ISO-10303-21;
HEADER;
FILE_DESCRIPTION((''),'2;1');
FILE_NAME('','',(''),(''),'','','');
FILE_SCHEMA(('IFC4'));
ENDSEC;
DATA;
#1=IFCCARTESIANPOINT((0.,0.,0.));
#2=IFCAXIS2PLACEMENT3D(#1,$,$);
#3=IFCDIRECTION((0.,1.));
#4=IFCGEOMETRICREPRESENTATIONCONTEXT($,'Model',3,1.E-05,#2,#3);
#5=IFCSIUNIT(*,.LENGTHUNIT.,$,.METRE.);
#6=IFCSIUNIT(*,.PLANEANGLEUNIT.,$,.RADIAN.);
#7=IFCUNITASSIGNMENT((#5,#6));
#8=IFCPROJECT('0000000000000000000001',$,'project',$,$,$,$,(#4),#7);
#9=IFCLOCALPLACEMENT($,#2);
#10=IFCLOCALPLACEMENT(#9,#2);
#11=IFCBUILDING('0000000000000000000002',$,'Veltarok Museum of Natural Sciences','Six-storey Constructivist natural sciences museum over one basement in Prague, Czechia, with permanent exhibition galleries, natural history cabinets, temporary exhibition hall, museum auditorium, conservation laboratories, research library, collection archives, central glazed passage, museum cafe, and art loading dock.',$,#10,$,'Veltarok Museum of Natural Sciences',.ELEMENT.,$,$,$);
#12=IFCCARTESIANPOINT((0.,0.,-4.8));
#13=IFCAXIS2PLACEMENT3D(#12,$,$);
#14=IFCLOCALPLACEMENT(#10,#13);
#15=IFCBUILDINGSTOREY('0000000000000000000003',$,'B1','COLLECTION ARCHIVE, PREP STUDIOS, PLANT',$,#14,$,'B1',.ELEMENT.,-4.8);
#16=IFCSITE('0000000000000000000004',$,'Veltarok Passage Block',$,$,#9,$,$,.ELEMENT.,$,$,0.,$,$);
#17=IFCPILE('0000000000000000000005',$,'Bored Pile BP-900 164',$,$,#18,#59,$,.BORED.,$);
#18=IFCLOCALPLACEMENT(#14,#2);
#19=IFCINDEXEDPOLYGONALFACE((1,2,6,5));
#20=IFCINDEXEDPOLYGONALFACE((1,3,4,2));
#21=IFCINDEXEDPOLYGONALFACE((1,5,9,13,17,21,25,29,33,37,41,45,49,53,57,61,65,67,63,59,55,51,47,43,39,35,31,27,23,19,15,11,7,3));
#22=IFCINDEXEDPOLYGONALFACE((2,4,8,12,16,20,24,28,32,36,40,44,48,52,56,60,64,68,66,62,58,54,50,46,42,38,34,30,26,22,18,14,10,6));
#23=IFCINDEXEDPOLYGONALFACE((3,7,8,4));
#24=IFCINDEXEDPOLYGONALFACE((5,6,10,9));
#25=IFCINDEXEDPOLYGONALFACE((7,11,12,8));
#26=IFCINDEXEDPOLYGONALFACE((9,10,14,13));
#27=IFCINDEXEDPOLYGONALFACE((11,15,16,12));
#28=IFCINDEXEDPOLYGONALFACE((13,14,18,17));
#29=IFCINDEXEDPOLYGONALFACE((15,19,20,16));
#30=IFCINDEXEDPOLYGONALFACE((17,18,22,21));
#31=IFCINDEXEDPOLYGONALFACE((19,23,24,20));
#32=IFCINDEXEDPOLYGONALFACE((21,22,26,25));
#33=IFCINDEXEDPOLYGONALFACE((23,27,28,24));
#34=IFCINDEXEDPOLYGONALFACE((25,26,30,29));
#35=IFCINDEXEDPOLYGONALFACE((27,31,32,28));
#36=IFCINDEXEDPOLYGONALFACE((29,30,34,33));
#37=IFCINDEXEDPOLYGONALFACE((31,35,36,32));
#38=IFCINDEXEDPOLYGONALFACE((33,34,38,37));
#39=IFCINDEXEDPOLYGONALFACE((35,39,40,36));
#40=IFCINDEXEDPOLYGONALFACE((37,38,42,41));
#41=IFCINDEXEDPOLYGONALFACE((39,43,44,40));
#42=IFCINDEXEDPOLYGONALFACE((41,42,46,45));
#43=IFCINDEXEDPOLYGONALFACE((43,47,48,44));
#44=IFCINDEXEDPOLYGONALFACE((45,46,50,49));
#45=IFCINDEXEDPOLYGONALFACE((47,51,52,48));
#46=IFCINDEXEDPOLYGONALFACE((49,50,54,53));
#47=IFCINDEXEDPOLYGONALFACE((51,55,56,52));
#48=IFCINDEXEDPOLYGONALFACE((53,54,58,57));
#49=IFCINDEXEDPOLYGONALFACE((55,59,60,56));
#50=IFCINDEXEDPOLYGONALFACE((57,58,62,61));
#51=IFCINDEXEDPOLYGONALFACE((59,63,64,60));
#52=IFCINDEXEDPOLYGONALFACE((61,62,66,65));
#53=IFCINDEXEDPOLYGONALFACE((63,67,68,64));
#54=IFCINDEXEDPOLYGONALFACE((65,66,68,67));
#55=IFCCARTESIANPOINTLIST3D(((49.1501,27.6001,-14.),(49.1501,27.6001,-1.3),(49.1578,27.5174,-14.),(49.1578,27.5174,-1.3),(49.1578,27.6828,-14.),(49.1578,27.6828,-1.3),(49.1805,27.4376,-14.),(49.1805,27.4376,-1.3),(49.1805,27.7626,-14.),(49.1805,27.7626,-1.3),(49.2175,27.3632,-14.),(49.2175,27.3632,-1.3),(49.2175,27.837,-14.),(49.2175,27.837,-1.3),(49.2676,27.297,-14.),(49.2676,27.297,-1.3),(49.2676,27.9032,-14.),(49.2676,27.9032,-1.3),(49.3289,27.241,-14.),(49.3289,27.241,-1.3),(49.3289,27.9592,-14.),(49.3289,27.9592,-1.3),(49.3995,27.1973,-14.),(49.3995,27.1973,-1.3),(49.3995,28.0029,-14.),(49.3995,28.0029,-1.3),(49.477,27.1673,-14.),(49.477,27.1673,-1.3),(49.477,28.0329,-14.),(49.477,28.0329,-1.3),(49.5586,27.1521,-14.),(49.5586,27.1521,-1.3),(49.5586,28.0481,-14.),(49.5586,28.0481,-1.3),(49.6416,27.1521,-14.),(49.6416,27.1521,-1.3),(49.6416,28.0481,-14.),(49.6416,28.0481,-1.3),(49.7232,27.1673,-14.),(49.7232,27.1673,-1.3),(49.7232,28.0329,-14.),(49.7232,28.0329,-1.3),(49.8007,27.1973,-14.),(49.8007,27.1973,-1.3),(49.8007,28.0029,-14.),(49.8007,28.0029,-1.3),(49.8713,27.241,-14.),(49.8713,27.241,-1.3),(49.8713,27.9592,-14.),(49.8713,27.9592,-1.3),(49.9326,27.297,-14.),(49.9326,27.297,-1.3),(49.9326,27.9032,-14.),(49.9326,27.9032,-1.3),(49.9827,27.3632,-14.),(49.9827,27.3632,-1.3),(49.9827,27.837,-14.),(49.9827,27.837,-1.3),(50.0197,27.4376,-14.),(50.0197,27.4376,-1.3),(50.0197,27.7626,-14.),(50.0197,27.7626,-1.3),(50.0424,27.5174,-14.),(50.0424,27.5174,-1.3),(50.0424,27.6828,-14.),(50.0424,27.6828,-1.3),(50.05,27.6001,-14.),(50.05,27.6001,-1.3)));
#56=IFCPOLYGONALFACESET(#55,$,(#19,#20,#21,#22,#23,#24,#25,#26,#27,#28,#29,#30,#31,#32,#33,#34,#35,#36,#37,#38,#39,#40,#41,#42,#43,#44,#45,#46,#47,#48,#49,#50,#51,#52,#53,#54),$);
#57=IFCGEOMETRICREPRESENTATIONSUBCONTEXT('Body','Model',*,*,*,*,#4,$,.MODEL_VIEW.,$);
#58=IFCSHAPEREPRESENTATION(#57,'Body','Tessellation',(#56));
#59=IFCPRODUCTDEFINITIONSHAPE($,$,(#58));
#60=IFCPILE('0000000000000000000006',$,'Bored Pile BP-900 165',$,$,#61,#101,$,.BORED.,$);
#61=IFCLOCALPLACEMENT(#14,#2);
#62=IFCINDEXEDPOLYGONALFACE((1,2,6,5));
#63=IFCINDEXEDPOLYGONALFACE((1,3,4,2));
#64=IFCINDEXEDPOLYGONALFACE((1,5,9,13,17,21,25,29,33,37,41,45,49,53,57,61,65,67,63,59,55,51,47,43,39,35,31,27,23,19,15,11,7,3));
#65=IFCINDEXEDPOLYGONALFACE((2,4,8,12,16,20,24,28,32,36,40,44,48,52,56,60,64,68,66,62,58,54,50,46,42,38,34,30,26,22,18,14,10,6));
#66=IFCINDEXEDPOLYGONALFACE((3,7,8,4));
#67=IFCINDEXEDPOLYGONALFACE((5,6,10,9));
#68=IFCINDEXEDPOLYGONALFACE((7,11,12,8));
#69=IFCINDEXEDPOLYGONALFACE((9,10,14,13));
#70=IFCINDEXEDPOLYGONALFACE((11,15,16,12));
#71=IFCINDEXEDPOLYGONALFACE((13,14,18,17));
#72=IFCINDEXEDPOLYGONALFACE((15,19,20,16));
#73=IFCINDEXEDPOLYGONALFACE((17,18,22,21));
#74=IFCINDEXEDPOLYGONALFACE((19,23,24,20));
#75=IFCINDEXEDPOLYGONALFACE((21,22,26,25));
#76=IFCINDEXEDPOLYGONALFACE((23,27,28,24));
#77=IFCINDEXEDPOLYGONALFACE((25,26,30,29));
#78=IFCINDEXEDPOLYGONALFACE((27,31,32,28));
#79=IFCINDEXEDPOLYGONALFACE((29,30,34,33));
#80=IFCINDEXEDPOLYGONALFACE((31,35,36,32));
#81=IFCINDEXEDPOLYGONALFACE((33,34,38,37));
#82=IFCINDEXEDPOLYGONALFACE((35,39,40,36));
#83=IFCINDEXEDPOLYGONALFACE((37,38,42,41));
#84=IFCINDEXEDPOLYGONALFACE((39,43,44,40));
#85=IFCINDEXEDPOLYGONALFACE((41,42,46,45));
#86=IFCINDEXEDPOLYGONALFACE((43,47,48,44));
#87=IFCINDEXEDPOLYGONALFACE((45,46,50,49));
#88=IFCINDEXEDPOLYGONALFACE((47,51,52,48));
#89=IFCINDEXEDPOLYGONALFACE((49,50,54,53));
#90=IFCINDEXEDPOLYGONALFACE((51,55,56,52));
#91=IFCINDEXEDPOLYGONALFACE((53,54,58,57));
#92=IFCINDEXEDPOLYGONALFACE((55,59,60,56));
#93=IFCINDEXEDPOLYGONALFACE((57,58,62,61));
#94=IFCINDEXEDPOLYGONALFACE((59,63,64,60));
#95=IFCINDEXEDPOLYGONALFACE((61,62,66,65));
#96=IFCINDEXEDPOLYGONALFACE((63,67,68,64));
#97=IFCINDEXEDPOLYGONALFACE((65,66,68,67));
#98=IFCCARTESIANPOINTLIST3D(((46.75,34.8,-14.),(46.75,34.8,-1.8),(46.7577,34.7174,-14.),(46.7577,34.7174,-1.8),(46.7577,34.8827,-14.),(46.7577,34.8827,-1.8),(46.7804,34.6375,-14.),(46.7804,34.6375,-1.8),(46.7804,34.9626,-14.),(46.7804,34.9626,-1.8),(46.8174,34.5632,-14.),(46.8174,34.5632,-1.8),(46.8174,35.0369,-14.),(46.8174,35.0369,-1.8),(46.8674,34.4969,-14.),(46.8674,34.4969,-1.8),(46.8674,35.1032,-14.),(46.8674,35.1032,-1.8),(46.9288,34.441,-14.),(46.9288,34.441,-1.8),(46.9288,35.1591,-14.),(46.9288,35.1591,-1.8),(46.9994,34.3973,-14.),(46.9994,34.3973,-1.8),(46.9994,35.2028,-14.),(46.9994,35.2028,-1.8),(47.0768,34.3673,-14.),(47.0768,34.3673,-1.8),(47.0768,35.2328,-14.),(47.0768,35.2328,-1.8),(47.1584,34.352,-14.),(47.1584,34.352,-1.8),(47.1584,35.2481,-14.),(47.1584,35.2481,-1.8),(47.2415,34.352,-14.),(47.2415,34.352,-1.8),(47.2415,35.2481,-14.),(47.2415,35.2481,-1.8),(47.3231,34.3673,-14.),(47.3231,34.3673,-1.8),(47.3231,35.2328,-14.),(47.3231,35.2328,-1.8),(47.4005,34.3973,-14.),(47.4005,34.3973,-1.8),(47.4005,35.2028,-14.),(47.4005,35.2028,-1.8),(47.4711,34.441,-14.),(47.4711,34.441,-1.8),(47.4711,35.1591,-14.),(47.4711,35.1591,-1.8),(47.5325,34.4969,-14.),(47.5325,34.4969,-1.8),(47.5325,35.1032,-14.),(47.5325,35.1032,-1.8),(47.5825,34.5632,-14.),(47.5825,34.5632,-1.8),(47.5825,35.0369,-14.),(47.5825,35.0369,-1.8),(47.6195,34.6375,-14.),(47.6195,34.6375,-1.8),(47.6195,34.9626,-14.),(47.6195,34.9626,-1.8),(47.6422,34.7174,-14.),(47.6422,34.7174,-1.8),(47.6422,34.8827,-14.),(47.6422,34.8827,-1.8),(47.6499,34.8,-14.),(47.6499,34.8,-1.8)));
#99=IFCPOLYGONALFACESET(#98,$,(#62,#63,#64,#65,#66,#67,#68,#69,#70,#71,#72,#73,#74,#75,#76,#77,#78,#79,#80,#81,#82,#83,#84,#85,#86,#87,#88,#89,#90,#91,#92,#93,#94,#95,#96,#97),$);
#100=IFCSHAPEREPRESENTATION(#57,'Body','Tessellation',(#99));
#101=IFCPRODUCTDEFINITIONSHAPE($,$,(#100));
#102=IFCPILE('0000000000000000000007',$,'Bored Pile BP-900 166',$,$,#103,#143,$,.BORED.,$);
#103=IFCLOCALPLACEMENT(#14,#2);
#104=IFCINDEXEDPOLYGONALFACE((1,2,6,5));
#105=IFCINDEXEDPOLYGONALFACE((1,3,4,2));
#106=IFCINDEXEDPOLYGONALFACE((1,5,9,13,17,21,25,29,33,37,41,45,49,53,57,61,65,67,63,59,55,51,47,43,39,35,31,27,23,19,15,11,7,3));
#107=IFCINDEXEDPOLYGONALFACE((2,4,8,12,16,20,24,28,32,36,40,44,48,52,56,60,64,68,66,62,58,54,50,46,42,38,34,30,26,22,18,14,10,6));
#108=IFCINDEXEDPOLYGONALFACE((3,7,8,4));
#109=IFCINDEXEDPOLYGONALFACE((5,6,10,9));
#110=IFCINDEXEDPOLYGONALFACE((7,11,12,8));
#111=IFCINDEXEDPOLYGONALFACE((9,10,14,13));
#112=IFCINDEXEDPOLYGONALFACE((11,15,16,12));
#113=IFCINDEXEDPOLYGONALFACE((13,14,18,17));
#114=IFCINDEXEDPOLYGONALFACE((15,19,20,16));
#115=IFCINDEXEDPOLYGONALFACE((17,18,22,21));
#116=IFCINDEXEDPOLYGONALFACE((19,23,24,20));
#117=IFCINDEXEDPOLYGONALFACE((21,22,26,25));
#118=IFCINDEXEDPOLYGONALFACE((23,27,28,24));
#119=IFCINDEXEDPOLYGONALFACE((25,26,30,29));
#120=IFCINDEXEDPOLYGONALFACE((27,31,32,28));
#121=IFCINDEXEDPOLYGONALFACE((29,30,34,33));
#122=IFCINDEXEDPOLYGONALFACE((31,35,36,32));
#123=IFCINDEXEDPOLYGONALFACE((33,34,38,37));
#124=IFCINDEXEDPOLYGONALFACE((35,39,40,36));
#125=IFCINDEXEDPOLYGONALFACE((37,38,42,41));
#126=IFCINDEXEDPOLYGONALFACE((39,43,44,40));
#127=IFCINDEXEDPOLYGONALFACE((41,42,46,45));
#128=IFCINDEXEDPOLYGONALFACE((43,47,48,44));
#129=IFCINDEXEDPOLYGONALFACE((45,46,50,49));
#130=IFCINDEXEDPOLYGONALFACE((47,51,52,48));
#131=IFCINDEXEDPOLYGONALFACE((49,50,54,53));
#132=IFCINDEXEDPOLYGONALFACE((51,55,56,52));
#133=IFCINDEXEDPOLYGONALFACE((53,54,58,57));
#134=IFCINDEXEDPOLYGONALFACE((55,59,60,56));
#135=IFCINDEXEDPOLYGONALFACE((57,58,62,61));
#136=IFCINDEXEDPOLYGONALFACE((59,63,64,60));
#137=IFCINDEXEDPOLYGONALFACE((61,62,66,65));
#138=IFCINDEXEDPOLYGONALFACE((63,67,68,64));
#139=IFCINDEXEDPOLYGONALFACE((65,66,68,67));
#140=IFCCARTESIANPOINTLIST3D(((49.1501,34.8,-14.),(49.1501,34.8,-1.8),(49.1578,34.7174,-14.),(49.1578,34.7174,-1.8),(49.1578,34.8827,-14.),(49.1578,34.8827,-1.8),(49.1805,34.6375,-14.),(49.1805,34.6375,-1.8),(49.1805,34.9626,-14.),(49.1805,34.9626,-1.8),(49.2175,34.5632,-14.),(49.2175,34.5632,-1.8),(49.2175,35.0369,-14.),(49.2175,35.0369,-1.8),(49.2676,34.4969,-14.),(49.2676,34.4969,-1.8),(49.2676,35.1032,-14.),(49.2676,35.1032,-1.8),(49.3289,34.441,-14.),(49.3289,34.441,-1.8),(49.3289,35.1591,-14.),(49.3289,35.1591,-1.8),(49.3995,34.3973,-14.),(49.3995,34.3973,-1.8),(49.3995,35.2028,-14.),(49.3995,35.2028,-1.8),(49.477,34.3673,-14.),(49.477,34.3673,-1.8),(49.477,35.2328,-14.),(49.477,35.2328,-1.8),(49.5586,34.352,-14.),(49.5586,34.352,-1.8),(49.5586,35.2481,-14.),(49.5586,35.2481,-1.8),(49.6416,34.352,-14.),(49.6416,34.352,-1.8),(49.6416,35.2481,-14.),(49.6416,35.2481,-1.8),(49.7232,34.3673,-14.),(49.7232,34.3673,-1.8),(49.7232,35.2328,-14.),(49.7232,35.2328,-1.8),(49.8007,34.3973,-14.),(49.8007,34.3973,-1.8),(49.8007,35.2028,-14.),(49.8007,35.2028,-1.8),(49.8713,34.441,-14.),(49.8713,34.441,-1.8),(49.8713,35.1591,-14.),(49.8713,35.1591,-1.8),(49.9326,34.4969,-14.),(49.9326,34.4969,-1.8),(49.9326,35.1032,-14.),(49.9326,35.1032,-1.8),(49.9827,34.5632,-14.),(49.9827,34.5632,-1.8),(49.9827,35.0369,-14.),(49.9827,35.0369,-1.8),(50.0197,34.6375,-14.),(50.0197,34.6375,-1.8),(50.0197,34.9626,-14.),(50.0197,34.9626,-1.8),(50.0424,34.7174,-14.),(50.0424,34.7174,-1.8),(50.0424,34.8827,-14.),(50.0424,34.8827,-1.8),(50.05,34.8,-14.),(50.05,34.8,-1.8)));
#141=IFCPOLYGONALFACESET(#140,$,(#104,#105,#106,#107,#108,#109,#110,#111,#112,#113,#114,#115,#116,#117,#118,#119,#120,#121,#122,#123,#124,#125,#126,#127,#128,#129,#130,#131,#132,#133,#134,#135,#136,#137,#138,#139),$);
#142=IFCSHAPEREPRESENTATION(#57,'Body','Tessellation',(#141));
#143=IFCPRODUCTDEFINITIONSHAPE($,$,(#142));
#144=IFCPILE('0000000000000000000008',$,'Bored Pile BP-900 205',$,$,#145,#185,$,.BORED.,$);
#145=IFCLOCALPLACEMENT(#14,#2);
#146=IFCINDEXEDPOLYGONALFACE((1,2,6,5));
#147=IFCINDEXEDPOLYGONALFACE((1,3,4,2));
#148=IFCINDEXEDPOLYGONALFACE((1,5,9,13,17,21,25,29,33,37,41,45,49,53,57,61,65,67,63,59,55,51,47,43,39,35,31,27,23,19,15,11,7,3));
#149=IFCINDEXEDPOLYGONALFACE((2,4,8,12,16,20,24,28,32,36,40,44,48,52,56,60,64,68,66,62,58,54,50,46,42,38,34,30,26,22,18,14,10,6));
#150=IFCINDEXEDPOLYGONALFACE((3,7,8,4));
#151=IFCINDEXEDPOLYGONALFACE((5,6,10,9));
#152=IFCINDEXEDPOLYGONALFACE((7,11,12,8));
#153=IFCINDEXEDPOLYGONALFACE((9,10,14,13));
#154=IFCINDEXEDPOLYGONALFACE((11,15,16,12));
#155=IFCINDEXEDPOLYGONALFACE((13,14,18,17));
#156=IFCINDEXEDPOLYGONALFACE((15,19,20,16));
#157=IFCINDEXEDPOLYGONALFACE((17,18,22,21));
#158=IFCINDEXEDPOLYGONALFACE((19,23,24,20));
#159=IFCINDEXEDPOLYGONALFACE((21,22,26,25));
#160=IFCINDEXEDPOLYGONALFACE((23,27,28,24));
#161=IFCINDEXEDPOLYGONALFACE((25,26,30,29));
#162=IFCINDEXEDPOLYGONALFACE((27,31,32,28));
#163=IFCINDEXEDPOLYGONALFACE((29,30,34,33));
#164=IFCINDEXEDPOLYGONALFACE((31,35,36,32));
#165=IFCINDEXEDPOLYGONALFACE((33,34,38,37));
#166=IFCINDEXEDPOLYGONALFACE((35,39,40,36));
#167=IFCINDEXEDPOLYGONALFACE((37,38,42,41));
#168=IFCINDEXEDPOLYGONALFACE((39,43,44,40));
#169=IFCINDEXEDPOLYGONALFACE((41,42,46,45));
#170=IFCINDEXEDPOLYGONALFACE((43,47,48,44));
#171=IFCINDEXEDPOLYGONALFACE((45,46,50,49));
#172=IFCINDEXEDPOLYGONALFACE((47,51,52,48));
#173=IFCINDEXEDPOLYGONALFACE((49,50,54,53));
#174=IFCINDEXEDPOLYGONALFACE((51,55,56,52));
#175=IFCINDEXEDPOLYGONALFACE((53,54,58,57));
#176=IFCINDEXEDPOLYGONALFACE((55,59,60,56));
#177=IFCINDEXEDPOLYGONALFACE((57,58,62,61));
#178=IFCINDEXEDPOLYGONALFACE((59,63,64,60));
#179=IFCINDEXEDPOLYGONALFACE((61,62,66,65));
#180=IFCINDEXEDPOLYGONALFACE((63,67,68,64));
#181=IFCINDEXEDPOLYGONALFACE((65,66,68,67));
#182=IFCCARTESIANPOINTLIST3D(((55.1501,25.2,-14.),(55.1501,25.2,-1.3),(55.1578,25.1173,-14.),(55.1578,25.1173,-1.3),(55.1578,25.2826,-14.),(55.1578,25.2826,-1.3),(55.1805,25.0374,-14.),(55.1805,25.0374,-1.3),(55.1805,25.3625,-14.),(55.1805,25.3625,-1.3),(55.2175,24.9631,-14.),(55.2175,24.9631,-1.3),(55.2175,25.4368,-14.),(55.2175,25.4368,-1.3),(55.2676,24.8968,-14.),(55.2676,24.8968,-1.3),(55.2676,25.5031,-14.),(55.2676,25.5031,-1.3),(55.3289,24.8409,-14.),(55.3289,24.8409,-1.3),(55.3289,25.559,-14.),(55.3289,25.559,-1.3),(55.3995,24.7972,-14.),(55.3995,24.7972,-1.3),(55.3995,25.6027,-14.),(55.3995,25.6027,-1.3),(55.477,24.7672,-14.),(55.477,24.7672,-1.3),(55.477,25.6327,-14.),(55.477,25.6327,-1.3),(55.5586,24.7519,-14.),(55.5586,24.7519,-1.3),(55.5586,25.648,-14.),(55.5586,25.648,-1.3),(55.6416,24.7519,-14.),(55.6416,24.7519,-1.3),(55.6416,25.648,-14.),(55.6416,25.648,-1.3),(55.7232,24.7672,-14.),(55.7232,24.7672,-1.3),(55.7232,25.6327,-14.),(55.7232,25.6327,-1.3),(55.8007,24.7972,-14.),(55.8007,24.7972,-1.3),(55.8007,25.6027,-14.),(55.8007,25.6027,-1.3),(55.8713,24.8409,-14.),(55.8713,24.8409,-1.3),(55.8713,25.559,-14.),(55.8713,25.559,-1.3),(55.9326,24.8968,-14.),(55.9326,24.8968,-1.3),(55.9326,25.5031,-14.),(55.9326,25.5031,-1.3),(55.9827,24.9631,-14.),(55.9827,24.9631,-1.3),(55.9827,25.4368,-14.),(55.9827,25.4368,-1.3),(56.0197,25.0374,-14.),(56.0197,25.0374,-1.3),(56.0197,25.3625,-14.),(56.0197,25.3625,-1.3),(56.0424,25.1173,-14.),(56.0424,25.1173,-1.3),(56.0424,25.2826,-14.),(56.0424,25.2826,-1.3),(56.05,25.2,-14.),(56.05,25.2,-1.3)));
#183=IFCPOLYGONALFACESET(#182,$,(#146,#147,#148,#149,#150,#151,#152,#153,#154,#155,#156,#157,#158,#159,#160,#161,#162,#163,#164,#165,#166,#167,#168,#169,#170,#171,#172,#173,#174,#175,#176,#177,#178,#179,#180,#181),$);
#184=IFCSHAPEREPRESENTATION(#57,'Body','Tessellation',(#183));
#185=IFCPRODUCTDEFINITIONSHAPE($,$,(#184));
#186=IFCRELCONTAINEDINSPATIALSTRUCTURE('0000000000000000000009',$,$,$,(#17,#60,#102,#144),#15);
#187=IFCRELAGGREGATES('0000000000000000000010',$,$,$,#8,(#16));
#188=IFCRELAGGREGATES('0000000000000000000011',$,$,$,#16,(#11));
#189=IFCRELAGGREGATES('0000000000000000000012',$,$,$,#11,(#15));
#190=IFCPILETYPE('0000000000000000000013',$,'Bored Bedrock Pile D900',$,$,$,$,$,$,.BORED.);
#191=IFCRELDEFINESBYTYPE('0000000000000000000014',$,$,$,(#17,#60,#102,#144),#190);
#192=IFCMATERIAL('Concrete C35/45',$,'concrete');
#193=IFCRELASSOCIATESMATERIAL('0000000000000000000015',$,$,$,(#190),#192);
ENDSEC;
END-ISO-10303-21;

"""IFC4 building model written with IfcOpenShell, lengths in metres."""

from ifc_helpers import new_model, si_unit, direction, frame, origin, origin_2d, place, context, subcontext, project, spatial, circle, extrude, material, material_profile, profile_set, type_object, element, save


model = new_model("IFC4")

# Units and contexts
model_context = context("Model", 3, precision=1e-05, world=origin(), true_north=direction((0.0, 1.0)))
body_context = subcontext(model_context, "Body", "Model", "MODEL_VIEW")
ifc_project = project(units=[si_unit("LENGTHUNIT", "METRE"), si_unit("PLANEANGLEUNIT", "RADIAN")], contexts=[model_context])

# Site, building, storey
site_placement = place(None, origin())
site = spatial("IfcSite", under=ifc_project, at=site_placement, Name="Veltarok Passage Block", CompositionType="ELEMENT", RefElevation=0.0)
building_placement = place(site_placement, origin())
building = spatial("IfcBuilding", under=site, at=building_placement, Name="Veltarok Museum of Natural Sciences", Description="Six-storey Constructivist natural sciences museum over one basement in Prague, Czechia, with permanent exhibition galleries, natural history cabinets, temporary exhibition hall, museum auditorium, conservation laboratories, research library, collection archives, central glazed passage, museum cafe, and art loading dock.", LongName="Veltarok Museum of Natural Sciences", CompositionType="ELEMENT")
storey_placement = place(building_placement, frame((0.0, 0.0, -4.8)))
storey = spatial("IfcBuildingStorey", under=building, at=storey_placement, Name="B1", Description="COLLECTION ARCHIVE, PREP STUDIOS, PLANT", LongName="B1", CompositionType="ELEMENT", Elevation=-4.8)

# Piles
ifc_material_1 = material(Name="Concrete C35/45", Category="concrete")
ifc_material_profile_1 = material_profile(ifc_material_1, circle(Radius=0.45, at=origin_2d()), Name="BP D900")
ifc_profile_set_1 = profile_set([ifc_material_profile_1], Name="Concrete C35/45")
pile_type_1 = type_object("IfcPileType", Name="Bored Bedrock Pile D900", PredefinedType="BORED", material=ifc_profile_set_1)
for number, where, z_axis, x_axis, name in (
    (1, (49.6001, 27.6001, -1.3), (0.0, 0.0, -1.0), (1.0, 0.0, 0.0), "Bored Pile BP-900 164"),
):
    element("IfcPile", number, at=place(storey_placement, frame(where, z_axis=z_axis, x_axis=x_axis)), inside=storey, type_object=pile_type_1, Name=name, PredefinedType="BORED", context=body_context, shape_type="SweptSolid", body=[
        extrude(circle(Radius=0.45, at=origin_2d()), origin(), (0.0, 0.0, 1.0), 12.7),
    ])
for number, where, z_axis, x_axis, name in (
    (2, (47.2, 34.8, -1.8), (0.0, 0.0, -1.0), (1.0, 0.0, 0.0), "Bored Pile BP-900 165"),
    (3, (49.6001, 34.8, -1.8), (0.0, 0.0, -1.0), (1.0, 0.0, 0.0), "Bored Pile BP-900 166"),
):
    element("IfcPile", number, at=place(storey_placement, frame(where, z_axis=z_axis, x_axis=x_axis)), inside=storey, type_object=pile_type_1, Name=name, PredefinedType="BORED", context=body_context, shape_type="SweptSolid", body=[
        extrude(circle(Radius=0.45, at=origin_2d()), origin(), (0.0, 0.0, 1.0), 12.2),
    ])
for number, where, z_axis, x_axis, name in (
    (4, (55.6001, 25.2, -1.3), (0.0, 0.0, -1.0), (1.0, 0.0, 0.0), "Bored Pile BP-900 205"),
):
    element("IfcPile", number, at=place(storey_placement, frame(where, z_axis=z_axis, x_axis=x_axis)), inside=storey, type_object=pile_type_1, Name=name, PredefinedType="BORED", context=body_context, shape_type="SweptSolid", body=[
        extrude(circle(Radius=0.45, at=origin_2d()), origin(), (0.0, 0.0, 1.0), 12.7),
    ])

save(model, "model.ifc")
